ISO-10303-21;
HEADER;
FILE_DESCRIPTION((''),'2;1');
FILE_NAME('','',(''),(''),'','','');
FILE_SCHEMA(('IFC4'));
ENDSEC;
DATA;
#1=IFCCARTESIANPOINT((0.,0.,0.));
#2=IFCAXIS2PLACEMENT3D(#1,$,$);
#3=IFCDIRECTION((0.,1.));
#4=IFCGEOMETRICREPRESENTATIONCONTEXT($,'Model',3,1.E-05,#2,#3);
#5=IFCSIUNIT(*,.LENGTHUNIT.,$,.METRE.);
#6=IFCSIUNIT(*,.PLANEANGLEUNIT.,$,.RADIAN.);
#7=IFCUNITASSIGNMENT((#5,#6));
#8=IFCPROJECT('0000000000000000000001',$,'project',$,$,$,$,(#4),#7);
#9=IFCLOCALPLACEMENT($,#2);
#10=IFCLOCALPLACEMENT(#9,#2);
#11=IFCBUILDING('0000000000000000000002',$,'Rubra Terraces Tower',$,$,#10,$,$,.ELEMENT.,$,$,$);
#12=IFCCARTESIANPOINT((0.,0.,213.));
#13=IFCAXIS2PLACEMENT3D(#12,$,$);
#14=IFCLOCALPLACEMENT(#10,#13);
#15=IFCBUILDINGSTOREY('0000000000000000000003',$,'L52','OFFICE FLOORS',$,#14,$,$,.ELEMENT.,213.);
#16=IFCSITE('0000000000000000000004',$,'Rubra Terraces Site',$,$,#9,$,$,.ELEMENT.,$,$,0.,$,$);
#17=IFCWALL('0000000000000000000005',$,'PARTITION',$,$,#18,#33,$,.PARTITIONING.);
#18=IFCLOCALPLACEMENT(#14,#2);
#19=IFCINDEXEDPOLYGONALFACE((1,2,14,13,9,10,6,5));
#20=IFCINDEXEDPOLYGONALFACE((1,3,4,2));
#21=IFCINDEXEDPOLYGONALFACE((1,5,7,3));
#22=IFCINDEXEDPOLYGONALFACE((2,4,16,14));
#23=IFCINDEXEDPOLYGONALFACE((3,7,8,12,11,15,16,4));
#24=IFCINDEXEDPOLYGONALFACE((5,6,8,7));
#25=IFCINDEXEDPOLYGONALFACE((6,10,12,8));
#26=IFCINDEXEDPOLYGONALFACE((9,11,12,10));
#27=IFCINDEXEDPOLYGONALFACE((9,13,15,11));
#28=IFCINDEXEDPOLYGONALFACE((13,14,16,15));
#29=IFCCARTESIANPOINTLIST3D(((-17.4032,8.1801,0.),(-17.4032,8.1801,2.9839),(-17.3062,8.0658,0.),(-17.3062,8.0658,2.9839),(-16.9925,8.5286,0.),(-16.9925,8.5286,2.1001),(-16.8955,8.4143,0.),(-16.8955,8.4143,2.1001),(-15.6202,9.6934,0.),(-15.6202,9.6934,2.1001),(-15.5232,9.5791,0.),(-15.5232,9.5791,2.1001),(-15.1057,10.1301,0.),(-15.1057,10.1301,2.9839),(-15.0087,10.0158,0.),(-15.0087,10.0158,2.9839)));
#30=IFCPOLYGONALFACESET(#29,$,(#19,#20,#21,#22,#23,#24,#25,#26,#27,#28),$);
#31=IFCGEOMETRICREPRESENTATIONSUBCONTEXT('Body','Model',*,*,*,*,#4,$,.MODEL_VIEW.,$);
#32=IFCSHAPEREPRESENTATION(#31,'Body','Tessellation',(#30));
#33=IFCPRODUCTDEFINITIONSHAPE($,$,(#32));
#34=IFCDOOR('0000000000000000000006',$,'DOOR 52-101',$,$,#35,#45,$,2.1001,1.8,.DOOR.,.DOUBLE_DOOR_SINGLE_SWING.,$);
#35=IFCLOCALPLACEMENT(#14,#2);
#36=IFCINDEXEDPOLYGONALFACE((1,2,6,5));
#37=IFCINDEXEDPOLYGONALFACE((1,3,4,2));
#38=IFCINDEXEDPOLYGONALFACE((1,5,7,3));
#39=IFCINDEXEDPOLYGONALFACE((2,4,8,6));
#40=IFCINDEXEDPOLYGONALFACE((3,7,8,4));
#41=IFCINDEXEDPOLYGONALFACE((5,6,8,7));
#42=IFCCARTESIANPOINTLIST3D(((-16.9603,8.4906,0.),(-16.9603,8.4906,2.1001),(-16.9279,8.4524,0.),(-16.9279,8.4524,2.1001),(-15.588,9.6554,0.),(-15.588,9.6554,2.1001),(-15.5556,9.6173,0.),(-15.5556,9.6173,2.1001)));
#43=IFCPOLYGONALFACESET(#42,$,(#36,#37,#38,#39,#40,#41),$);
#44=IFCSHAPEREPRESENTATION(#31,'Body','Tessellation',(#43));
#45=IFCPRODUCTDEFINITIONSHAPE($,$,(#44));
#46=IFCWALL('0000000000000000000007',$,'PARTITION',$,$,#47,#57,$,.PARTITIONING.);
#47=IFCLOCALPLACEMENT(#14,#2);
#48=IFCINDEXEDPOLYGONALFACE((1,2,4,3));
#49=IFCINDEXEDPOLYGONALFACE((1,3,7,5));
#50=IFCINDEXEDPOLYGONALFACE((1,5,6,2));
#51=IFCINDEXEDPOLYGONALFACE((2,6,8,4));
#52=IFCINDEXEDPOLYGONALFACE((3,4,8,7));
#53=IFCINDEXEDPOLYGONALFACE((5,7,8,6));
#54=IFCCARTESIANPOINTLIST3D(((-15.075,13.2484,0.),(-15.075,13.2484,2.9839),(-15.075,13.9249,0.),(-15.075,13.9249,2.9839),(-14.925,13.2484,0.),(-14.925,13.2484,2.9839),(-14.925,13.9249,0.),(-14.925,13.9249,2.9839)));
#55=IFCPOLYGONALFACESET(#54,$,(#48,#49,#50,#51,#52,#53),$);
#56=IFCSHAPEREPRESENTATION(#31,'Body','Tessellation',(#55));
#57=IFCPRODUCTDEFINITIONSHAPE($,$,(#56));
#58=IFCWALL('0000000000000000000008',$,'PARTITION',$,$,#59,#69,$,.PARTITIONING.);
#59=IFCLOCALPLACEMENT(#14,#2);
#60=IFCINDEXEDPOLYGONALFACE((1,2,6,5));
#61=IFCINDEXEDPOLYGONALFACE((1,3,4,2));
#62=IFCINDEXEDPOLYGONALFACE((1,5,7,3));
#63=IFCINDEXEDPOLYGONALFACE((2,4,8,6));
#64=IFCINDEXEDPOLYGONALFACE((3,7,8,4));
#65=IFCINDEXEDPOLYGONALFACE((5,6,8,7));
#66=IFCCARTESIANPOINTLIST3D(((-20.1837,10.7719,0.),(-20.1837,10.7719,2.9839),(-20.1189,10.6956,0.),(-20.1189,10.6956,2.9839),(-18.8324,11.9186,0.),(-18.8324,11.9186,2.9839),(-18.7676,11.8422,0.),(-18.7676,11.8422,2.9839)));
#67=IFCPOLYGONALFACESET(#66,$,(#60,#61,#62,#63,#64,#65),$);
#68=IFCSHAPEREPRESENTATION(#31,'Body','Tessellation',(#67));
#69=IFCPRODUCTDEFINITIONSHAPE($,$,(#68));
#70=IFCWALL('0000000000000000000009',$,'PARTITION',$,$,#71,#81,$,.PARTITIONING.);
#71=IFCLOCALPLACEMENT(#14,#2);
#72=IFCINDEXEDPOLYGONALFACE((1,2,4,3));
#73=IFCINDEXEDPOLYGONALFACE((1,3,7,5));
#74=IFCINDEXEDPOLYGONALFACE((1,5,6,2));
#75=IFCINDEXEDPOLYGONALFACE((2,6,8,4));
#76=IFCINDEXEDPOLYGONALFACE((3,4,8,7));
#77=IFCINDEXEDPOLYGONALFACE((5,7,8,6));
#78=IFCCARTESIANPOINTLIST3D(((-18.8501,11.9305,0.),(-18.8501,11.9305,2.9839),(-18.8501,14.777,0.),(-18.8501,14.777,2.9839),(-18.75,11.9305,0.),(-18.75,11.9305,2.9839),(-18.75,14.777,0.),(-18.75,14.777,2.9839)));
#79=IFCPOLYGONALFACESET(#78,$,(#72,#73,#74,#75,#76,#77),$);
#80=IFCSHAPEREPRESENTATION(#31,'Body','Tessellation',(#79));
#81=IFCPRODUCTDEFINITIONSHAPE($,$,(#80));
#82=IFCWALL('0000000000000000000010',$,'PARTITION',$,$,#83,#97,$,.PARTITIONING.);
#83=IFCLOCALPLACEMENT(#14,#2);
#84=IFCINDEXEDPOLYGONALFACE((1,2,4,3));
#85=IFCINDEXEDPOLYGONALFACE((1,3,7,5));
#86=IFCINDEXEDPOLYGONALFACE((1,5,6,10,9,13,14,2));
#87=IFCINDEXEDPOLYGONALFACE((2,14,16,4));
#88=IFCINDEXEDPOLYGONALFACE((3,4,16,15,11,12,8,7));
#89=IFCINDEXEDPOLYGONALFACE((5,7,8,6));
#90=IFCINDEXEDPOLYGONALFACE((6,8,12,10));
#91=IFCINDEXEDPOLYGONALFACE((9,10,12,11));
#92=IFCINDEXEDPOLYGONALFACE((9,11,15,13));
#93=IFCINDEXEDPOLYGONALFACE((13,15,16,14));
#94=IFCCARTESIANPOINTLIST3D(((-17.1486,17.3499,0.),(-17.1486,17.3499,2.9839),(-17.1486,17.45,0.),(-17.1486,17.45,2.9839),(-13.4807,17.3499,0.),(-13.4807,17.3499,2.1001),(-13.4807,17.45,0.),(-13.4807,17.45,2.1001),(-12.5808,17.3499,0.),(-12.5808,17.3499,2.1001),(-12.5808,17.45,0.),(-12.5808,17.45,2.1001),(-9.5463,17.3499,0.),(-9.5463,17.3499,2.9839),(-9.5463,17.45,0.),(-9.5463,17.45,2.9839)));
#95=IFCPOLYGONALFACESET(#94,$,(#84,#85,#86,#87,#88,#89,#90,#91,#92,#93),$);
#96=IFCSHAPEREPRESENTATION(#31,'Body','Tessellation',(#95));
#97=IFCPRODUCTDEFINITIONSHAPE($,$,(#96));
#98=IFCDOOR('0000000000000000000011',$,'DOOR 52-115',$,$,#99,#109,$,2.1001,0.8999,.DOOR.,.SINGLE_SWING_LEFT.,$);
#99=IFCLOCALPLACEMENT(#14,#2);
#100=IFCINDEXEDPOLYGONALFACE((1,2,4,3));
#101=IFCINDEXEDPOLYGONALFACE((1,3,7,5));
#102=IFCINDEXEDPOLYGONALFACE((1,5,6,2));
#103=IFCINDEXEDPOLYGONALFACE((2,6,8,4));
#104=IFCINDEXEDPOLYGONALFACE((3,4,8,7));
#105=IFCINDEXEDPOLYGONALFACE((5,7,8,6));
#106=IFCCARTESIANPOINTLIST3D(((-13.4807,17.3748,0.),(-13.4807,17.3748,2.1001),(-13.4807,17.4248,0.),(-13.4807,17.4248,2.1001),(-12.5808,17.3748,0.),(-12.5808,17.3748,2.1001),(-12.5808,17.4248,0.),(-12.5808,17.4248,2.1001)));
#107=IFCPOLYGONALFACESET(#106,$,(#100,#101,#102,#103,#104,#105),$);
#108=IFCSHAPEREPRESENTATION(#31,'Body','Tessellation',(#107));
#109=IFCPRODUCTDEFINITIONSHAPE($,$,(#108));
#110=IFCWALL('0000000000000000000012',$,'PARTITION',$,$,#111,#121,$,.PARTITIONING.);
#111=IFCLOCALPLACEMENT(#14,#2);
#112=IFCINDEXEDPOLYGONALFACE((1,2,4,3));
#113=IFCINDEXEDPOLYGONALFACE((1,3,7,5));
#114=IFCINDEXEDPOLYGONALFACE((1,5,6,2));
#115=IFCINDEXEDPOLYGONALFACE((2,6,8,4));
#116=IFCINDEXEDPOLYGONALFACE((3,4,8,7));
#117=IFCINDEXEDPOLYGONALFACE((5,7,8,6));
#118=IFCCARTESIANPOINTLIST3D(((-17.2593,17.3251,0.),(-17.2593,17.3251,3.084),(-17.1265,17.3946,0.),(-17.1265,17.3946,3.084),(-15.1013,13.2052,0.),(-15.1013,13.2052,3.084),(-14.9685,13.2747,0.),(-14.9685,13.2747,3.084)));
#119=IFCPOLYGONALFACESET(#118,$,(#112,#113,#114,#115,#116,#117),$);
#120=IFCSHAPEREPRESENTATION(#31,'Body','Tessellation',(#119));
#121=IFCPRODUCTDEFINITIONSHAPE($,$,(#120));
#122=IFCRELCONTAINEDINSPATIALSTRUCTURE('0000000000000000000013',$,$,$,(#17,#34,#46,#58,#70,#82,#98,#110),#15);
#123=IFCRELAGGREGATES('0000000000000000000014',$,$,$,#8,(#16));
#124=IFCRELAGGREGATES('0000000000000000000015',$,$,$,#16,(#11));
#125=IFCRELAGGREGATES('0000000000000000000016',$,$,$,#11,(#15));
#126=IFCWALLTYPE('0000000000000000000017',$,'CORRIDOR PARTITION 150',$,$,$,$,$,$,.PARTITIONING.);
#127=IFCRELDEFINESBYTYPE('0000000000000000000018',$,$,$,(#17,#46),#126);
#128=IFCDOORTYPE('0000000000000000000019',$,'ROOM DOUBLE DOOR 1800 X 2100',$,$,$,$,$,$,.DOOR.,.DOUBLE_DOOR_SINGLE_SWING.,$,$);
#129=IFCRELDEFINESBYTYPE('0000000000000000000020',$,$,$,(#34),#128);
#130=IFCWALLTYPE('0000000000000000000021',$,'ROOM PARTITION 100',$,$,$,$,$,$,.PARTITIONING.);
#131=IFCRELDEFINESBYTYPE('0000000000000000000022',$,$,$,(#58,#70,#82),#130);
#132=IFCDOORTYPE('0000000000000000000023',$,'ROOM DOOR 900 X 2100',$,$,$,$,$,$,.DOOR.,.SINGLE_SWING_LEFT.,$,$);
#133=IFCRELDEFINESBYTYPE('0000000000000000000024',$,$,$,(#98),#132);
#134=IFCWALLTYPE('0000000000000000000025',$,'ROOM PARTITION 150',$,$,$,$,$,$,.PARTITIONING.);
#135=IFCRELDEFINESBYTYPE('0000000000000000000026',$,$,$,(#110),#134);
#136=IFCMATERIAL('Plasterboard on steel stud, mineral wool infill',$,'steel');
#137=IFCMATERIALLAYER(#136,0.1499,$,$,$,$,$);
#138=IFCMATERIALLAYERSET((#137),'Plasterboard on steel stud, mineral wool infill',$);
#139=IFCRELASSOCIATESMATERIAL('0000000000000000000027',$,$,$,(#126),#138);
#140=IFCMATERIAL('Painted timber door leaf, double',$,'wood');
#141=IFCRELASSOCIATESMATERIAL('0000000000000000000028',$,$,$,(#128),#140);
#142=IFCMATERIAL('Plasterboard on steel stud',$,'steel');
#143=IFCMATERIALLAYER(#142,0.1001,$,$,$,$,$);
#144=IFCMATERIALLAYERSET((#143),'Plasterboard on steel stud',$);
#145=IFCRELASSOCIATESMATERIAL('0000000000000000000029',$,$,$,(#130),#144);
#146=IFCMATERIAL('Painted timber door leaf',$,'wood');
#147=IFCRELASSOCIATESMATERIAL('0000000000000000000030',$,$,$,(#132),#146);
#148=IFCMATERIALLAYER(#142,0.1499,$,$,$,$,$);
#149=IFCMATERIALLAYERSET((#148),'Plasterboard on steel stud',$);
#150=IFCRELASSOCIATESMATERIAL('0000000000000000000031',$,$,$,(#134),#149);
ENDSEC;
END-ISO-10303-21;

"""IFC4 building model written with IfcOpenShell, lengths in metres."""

from ifc_helpers import new_model, si_unit, direction, frame, frame_2d, origin, place, context, subcontext, project, spatial, rectangle, extrude, material, layer, layer_set, type_object, element, fill, save


model = new_model("IFC4")

# Units and contexts
model_context = context("Model", 3, precision=1e-05, world=origin(), true_north=direction((0.0, 1.0)))
body_context = subcontext(model_context, "Body", "Model", "MODEL_VIEW")
ifc_project = project(units=[si_unit("LENGTHUNIT", "METRE"), si_unit("PLANEANGLEUNIT", "RADIAN")], contexts=[model_context])

# Site, building, storey
site_placement = place(None, origin())
site = spatial("IfcSite", under=ifc_project, at=site_placement, Name="Rubra Terraces Site", CompositionType="ELEMENT", RefElevation=0.0)
building_placement = place(site_placement, origin())
building = spatial("IfcBuilding", under=site, at=building_placement, Name="Rubra Terraces Tower", CompositionType="ELEMENT")
storey_placement = place(building_placement, frame((0.0, 0.0, 213.0)))
storey = spatial("IfcBuildingStorey", under=building, at=storey_placement, Name="L52", Description="OFFICE FLOORS", CompositionType="ELEMENT", Elevation=213.0)

# Shared definitions
ifc_material_1 = material(Name="Plasterboard on steel stud, mineral wool infill", Category="steel")
ifc_layer_1 = layer(ifc_material_1, 0.1499)
ifc_layer_set_1 = layer_set([ifc_layer_1], Name="Plasterboard on steel stud, mineral wool infill")
wall_type_1 = type_object("IfcWallType", Name="CORRIDOR PARTITION 150", PredefinedType="PARTITIONING", material=ifc_layer_set_1)

# Wall, opening, door
wall_1_placement = place(storey_placement, frame((-15.0571, 10.073, 0.0), z_axis=(0.0, 0.0, 1.0), x_axis=(-0.762399, -0.647107, 0.0)))
wall_1 = element("IfcWall", 1, at=wall_1_placement, inside=storey, type_object=wall_type_1, Name="PARTITION", PredefinedType="PARTITIONING", context=body_context, shape_type="SweptSolid", body=[
    extrude(rectangle(XDim=3.0134, YDim=0.1499, at=frame_2d((1.5068, 0.0))), origin(), (0.0, 0.0, 1.0), 2.9839),
])
opening_1_placement = place(wall_1_placement, frame((0.675, 0.0, 0.0)))
opening_1 = element("IfcOpeningElement", 2, at=opening_1_placement, cuts=wall_1, PredefinedType="OPENING", context=body_context, shape_type="SweptSolid", body=[
    extrude(rectangle(XDim=1.8, YDim=2.1001, at=frame_2d((0.8999, 1.05))), frame((0.0, 0.085, 0.0), z_axis=(0.0, -1.0, 0.0), x_axis=(1.0, 0.0, 0.0)), (0.0, 0.0, 1.0), 0.1699),
])
ifc_material_2 = material(Name="Painted timber door leaf, double", Category="wood")
door_type_1 = type_object("IfcDoorType", Name="ROOM DOUBLE DOOR 1800 X 2100", OperationType="DOUBLE_DOOR_SINGLE_SWING", PredefinedType="DOOR", material=ifc_material_2)
door_1_placement = place(opening_1_placement, origin())
door_1 = element("IfcDoor", 3, at=door_1_placement, inside=storey, type_object=door_type_1, Name="DOOR 52-101", OperationType="DOUBLE_DOOR_SINGLE_SWING", OverallHeight=2.1001, OverallWidth=1.8, PredefinedType="DOOR", context=body_context, shape_type="SweptSolid", body=[
    extrude(rectangle(XDim=1.8, YDim=2.1001, at=frame_2d((0.8999, 1.05))), frame((0.0, 0.0249, 0.0), z_axis=(0.0, -1.0, 0.0), x_axis=(1.0, 0.0, 0.0)), (0.0, 0.0, 1.0), 0.05),
])
fill(opening_1, door_1)

# Walls
wall_2_placement = place(storey_placement, frame((-15.0, 13.925, 0.0), z_axis=(0.0, 0.0, 1.0), x_axis=(0.0, -1.0, 0.0)))
element("IfcWall", 4, at=wall_2_placement, inside=storey, type_object=wall_type_1, Name="PARTITION", PredefinedType="PARTITIONING", context=body_context, shape_type="SweptSolid", body=[
    extrude(rectangle(XDim=0.6765, YDim=0.1499, at=frame_2d((0.3384, 0.0))), origin(), (0.0, 0.0, 1.0), 2.9839),
])
ifc_material_3 = material(Name="Plasterboard on steel stud", Category="steel")
ifc_layer_2 = layer(ifc_material_3, 0.1001)
ifc_layer_set_2 = layer_set([ifc_layer_2], Name="Plasterboard on steel stud")
wall_type_2 = type_object("IfcWallType", Name="ROOM PARTITION 100", PredefinedType="PARTITIONING", material=ifc_layer_set_2)
wall_3_placement = place(storey_placement, frame((-20.1514, 10.7336, 0.0), z_axis=(0.0, 0.0, 1.0), x_axis=(0.762466, 0.647028, 0.0)))
element("IfcWall", 5, at=wall_3_placement, inside=storey, type_object=wall_type_2, Name="PARTITION", PredefinedType="PARTITIONING", context=body_context, shape_type="SweptSolid", body=[
    extrude(rectangle(XDim=1.7722, YDim=0.1001, at=frame_2d((0.8862, 0.0))), origin(), (0.0, 0.0, 1.0), 2.9839),
])
wall_4_placement = place(storey_placement, frame((-18.8, 11.9304, 0.0), z_axis=(0.0, 0.0, 1.0), x_axis=(0.0, 1.0, 0.0)))
element("IfcWall", 6, at=wall_4_placement, inside=storey, type_object=wall_type_2, Name="PARTITION", PredefinedType="PARTITIONING", context=body_context, shape_type="SweptSolid", body=[
    extrude(rectangle(XDim=2.8464, YDim=0.1001, at=frame_2d((1.4233, 0.0))), origin(), (0.0, 0.0, 1.0), 2.9839),
])

# Wall, opening, door
wall_5_placement = place(storey_placement, frame((-17.1487, 17.3999, 0.0), z_axis=(0.0, 0.0, 1.0), x_axis=(1.0, 0.0, 0.0)))
wall_5 = element("IfcWall", 7, at=wall_5_placement, inside=storey, type_object=wall_type_2, Name="PARTITION", PredefinedType="PARTITIONING", context=body_context, shape_type="SweptSolid", body=[
    extrude(rectangle(XDim=7.6023, YDim=0.1001, at=frame_2d((3.8013, 0.0))), origin(), (0.0, 0.0, 1.0), 2.9839),
])
opening_2_placement = place(wall_5_placement, frame((3.668, 0.0, 0.0)))
opening_2 = element("IfcOpeningElement", 8, at=opening_2_placement, cuts=wall_5, PredefinedType="OPENING", context=body_context, shape_type="SweptSolid", body=[
    extrude(rectangle(XDim=0.8999, YDim=2.1001, at=frame_2d((0.45, 1.05))), frame((0.0, 0.0601, 0.0), z_axis=(0.0, -1.0, 0.0), x_axis=(1.0, 0.0, 0.0)), (0.0, 0.0, 1.0), 0.1201),
])
ifc_material_4 = material(Name="Painted timber door leaf", Category="wood")
door_type_2 = type_object("IfcDoorType", Name="ROOM DOOR 900 X 2100", OperationType="SINGLE_SWING_LEFT", PredefinedType="DOOR", material=ifc_material_4)
door_2_placement = place(opening_2_placement, origin())
door_2 = element("IfcDoor", 9, at=door_2_placement, inside=storey, type_object=door_type_2, Name="DOOR 52-115", OperationType="SINGLE_SWING_LEFT", OverallHeight=2.1001, OverallWidth=0.8999, PredefinedType="DOOR", context=body_context, shape_type="SweptSolid", body=[
    extrude(rectangle(XDim=0.8999, YDim=2.1001, at=frame_2d((0.45, 1.05))), frame((0.0, 0.0249, 0.0), z_axis=(0.0, -1.0, 0.0), x_axis=(1.0, 0.0, 0.0)), (0.0, 0.0, 1.0), 0.05),
])
fill(opening_2, door_2)

# Wall
ifc_layer_3 = layer(ifc_material_3, 0.1499)
ifc_layer_set_3 = layer_set([ifc_layer_3], Name="Plasterboard on steel stud")
wall_type_3 = type_object("IfcWallType", Name="ROOM PARTITION 150", PredefinedType="PARTITIONING", material=ifc_layer_set_3)
wall_6_placement = place(storey_placement, frame((-17.1929, 17.3599, 0.0), z_axis=(0.0, 0.0, 1.0), x_axis=(0.463995, -0.885838, 0.0)))
element("IfcWall", 10, at=wall_6_placement, inside=storey, type_object=wall_type_3, Name="PARTITION", PredefinedType="PARTITIONING", context=body_context, shape_type="SweptSolid", body=[
    extrude(rectangle(XDim=4.6509, YDim=0.1499, at=frame_2d((2.3254, 0.0))), origin(), (0.0, 0.0, 1.0), 3.084),
])

save(model, "model.ifc")
